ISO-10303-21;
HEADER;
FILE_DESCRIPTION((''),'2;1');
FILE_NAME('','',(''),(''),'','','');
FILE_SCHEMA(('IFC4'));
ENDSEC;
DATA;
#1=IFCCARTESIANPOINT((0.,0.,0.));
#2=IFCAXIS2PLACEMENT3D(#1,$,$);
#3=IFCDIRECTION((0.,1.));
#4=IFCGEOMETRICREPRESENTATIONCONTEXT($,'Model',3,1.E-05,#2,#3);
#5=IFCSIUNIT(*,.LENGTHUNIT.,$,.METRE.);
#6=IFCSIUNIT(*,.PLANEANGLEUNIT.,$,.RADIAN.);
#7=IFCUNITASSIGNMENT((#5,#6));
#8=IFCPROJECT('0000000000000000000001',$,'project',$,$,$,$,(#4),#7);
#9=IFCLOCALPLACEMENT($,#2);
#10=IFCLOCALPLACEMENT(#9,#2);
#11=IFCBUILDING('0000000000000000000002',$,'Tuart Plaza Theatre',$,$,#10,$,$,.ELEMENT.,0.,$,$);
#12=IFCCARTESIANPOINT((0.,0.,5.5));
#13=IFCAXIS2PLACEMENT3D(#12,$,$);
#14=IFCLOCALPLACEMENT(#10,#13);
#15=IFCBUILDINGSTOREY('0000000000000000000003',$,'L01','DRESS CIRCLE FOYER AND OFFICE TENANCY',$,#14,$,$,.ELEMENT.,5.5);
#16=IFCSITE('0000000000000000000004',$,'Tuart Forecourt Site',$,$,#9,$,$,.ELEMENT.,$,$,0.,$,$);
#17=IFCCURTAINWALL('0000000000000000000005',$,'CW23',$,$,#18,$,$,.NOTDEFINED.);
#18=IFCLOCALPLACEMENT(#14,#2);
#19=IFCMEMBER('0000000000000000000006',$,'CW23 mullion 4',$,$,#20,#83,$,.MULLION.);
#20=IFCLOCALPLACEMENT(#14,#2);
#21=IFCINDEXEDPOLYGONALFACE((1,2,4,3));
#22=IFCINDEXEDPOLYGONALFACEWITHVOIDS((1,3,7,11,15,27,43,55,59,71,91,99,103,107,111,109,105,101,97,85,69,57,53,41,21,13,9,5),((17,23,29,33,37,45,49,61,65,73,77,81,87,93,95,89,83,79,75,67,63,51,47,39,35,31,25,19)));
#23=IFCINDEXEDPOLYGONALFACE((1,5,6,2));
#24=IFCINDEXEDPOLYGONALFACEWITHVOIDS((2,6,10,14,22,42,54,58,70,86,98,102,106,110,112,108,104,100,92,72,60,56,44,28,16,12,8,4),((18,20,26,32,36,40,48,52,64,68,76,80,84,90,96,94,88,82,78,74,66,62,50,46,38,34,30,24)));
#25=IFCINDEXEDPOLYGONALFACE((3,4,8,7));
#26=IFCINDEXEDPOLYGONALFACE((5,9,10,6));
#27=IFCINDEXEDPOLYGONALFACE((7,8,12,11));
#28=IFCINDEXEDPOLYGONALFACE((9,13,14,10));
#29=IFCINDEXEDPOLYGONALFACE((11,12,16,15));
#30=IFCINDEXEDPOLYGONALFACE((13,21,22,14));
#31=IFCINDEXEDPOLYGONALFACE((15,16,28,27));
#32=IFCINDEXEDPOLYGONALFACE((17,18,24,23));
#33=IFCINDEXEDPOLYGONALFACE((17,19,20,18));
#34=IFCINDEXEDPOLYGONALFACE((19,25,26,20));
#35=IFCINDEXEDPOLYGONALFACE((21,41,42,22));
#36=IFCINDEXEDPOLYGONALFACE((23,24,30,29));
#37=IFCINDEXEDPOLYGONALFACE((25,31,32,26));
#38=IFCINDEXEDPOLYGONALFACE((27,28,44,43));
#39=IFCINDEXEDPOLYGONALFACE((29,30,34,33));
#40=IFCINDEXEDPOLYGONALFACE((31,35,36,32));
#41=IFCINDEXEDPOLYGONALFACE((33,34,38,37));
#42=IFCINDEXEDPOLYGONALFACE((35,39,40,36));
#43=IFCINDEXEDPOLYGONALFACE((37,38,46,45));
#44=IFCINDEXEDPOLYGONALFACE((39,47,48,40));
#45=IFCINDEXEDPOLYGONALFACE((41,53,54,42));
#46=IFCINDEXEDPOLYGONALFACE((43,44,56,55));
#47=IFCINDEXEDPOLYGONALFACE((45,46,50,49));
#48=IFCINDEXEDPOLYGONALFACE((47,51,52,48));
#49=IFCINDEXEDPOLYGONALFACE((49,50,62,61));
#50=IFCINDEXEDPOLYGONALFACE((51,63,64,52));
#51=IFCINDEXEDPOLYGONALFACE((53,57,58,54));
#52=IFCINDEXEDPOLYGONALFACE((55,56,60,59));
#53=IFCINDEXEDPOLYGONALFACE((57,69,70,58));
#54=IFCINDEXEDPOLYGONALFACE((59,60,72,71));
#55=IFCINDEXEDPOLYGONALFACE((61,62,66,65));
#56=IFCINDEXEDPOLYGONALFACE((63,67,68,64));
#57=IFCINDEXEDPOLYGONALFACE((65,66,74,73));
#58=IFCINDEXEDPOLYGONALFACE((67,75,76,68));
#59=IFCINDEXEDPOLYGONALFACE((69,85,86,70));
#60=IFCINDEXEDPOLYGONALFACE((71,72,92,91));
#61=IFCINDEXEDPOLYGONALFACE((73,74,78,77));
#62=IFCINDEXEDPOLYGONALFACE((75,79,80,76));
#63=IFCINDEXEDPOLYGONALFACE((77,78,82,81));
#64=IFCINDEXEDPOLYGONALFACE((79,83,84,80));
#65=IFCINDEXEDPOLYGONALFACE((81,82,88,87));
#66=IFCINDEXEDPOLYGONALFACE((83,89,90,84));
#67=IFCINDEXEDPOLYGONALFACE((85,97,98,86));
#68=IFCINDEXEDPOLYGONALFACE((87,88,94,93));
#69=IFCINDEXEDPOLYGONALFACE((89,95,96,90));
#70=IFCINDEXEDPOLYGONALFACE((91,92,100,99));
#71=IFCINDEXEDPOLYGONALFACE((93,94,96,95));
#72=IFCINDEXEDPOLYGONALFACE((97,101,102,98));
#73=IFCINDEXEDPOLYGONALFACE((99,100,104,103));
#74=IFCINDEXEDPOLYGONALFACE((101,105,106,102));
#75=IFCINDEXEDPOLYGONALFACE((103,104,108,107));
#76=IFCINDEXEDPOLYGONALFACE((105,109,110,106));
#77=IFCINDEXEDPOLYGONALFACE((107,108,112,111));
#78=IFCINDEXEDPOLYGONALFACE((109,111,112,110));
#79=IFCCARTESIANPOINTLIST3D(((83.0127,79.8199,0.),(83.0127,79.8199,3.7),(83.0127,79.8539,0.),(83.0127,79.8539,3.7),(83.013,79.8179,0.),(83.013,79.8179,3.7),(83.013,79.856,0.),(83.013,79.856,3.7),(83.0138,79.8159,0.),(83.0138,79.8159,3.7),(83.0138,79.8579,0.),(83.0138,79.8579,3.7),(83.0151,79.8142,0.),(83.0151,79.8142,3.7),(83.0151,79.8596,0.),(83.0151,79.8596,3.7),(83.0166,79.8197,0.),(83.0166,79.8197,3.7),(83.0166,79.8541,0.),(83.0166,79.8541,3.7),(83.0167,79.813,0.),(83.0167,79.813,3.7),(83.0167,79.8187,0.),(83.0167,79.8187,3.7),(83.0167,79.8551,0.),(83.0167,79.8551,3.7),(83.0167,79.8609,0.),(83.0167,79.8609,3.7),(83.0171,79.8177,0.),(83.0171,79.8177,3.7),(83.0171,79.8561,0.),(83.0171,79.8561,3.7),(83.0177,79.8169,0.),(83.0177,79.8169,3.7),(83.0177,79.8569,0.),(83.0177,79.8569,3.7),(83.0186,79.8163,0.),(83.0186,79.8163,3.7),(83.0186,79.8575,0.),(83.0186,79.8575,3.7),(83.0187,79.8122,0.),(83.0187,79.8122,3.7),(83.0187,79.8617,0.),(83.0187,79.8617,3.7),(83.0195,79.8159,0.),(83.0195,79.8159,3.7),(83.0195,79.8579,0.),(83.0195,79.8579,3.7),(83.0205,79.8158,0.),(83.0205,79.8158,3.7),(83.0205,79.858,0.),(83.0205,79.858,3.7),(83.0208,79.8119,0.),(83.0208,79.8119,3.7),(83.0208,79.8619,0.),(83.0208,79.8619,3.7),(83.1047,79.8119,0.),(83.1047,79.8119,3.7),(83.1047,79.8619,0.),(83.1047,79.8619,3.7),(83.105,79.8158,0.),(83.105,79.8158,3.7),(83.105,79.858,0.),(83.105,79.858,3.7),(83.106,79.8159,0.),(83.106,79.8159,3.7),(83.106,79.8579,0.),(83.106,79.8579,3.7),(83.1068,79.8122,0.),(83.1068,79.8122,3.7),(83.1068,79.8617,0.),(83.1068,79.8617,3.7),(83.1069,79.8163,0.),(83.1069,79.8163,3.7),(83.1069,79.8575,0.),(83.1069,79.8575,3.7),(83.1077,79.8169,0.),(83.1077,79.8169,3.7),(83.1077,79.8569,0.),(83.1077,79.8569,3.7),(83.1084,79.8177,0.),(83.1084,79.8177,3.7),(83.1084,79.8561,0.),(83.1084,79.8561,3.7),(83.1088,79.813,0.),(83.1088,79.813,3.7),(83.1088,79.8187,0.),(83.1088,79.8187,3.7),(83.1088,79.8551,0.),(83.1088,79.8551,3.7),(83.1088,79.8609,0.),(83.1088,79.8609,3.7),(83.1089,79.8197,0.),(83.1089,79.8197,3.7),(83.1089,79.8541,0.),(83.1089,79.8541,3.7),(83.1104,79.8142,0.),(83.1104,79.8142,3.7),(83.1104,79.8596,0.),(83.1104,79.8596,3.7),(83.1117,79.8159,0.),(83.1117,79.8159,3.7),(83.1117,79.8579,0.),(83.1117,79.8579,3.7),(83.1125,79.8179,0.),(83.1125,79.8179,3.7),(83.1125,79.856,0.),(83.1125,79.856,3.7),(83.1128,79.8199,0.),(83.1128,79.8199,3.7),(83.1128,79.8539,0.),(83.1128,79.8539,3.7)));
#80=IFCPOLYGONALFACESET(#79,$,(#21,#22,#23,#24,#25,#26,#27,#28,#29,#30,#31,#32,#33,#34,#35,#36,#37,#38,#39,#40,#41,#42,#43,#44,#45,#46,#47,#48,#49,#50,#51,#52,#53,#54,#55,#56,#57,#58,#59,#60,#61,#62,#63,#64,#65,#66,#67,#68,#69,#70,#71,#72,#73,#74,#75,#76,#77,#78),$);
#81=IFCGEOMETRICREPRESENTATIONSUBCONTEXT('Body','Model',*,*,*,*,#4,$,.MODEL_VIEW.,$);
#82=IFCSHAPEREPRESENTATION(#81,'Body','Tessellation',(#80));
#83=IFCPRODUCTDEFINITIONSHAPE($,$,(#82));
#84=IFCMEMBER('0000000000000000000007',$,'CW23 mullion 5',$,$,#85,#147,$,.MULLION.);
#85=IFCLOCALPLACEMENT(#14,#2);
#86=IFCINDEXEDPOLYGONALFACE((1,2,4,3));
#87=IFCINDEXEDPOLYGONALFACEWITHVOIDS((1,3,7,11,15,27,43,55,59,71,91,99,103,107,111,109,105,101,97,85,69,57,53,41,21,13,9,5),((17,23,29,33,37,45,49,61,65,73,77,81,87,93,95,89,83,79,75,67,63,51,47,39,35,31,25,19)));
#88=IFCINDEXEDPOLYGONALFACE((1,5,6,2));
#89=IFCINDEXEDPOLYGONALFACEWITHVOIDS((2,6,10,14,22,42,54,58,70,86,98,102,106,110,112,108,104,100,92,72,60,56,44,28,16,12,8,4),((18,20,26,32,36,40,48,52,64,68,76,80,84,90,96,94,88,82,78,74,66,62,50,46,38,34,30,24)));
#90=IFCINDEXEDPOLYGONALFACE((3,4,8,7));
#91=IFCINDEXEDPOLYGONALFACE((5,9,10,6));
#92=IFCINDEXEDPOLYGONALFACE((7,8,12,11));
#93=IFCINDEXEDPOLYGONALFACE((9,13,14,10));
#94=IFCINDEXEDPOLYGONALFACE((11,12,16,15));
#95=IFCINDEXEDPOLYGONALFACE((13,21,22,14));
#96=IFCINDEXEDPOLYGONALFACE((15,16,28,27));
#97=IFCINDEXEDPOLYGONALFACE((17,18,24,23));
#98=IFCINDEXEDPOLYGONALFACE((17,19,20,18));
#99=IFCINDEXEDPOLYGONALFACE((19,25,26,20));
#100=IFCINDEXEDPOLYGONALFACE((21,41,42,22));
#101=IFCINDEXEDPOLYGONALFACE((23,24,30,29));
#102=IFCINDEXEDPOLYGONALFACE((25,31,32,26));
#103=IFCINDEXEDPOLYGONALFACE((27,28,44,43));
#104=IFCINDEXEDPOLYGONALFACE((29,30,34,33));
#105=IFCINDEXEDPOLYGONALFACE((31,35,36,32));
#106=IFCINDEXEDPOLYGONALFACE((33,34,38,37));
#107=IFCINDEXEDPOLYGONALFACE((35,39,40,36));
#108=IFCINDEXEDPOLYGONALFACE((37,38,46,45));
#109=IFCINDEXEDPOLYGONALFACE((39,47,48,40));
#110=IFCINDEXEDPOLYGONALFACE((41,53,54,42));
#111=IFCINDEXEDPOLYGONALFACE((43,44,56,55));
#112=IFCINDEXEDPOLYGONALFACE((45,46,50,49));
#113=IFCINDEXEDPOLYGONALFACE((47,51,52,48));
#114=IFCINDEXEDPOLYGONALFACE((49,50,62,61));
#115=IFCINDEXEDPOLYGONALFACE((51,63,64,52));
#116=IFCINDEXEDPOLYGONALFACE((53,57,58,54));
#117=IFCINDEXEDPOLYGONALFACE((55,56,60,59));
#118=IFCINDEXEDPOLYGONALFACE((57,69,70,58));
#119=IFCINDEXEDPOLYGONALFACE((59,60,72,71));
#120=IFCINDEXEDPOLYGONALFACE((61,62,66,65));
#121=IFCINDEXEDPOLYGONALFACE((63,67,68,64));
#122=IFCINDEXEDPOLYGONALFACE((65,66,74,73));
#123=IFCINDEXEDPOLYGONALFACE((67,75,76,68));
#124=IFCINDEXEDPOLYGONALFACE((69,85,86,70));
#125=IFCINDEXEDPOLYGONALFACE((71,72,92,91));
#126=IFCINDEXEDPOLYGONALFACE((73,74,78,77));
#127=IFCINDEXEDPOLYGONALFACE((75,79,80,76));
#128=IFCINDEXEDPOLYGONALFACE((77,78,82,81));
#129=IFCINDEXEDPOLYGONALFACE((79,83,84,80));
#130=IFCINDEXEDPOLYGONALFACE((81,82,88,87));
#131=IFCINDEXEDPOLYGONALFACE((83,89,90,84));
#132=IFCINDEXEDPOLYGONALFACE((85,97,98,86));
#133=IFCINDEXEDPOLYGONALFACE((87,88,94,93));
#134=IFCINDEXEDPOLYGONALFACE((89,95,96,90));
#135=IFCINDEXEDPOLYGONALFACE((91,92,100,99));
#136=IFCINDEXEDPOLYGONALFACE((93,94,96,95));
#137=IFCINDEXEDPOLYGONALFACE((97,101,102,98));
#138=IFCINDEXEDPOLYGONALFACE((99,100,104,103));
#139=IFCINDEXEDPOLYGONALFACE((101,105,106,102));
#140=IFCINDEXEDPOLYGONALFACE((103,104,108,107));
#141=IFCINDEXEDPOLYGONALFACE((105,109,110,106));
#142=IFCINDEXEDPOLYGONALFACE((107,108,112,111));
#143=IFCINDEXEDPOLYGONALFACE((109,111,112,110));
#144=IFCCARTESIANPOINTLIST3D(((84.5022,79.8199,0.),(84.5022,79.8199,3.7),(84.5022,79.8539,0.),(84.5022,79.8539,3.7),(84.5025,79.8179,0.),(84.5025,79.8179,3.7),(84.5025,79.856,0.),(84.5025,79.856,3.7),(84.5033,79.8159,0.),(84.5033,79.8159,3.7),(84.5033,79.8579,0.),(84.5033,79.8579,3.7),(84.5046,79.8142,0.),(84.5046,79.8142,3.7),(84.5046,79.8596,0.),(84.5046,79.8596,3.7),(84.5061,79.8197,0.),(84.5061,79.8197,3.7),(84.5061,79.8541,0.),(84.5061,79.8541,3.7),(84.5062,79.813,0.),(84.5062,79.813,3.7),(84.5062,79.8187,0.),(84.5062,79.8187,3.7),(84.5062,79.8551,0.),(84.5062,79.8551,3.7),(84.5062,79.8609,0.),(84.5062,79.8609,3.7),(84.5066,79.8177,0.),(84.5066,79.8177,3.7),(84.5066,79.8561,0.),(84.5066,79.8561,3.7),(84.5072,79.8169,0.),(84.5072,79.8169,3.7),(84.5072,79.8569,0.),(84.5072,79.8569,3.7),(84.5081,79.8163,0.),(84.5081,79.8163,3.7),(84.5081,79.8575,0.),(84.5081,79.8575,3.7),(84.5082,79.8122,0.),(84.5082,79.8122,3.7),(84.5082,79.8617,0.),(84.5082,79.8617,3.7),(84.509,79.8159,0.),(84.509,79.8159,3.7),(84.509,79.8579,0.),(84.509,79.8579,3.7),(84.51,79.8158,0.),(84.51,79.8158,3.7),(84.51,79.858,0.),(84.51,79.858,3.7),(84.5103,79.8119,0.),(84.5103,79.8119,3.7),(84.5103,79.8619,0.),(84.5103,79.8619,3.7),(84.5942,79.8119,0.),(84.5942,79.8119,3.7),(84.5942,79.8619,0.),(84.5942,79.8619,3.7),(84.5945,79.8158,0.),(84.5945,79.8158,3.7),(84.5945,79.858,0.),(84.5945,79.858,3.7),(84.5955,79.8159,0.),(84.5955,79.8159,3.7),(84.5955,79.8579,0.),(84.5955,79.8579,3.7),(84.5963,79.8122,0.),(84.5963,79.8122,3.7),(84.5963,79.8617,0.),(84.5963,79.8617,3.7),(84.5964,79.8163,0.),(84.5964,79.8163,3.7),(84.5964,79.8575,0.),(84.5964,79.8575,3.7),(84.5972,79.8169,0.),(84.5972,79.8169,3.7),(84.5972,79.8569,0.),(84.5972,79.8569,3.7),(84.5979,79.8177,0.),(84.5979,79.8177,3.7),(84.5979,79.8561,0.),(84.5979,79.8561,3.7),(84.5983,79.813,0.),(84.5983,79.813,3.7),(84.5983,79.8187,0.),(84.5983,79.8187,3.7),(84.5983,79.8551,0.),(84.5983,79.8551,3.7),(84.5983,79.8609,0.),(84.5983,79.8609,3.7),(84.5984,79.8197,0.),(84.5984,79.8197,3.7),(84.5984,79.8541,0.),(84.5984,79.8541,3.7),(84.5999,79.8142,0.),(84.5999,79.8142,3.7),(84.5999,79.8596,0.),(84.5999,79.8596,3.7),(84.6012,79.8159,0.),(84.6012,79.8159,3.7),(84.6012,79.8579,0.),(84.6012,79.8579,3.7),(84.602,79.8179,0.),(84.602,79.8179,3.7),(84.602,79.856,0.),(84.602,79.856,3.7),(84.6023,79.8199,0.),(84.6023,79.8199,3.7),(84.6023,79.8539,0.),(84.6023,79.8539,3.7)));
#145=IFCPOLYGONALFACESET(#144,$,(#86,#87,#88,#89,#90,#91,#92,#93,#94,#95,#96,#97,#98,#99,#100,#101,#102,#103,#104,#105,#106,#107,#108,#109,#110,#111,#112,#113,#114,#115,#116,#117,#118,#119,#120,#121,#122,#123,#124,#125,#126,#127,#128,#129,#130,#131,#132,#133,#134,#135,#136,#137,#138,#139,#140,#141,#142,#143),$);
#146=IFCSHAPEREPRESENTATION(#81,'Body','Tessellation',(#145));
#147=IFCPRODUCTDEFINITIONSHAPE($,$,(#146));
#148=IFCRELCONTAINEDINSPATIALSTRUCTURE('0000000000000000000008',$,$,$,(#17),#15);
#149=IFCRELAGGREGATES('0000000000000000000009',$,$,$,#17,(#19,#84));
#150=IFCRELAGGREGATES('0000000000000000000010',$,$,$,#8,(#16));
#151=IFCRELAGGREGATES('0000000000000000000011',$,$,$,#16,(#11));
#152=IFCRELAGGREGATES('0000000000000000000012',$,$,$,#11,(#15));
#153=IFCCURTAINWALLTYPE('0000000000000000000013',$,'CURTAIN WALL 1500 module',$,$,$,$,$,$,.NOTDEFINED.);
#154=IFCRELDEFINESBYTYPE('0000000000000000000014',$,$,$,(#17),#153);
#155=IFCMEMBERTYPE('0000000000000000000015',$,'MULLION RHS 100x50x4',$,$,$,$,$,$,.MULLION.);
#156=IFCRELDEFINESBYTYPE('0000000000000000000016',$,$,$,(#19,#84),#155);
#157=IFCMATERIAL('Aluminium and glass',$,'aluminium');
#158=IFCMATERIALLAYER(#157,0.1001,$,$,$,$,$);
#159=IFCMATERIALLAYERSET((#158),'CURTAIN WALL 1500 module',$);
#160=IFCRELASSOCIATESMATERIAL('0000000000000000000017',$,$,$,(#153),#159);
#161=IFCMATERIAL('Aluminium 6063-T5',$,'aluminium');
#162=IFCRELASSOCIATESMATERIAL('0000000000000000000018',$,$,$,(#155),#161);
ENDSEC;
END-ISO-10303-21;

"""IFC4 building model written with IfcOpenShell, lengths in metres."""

from ifc_helpers import new_model, si_unit, direction, frame, origin, origin_2d, place, context, subcontext, project, spatial, hollow_rectangle, extrude, material, layer, layer_set, material_profile, profile_set, type_object, element, aggregate, save


model = new_model("IFC4")

# Units and contexts
model_context = context("Model", 3, precision=1e-05, world=origin(), true_north=direction((0.0, 1.0)))
body_context = subcontext(model_context, "Body", "Model", "MODEL_VIEW")
ifc_project = project(units=[si_unit("LENGTHUNIT", "METRE"), si_unit("PLANEANGLEUNIT", "RADIAN")], contexts=[model_context])

# Site, building, storey
site_placement = place(None, origin())
site = spatial("IfcSite", under=ifc_project, at=site_placement, Name="Tuart Forecourt Site", CompositionType="ELEMENT", RefElevation=0.0)
building_placement = place(site_placement, origin())
building = spatial("IfcBuilding", under=site, at=building_placement, Name="Tuart Plaza Theatre", CompositionType="ELEMENT", ElevationOfRefHeight=0.0)
storey_placement = place(building_placement, frame((0.0, 0.0, 5.5)))
storey = spatial("IfcBuildingStorey", under=building, at=storey_placement, Name="L01", Description="DRESS CIRCLE FOYER AND OFFICE TENANCY", CompositionType="ELEMENT", Elevation=5.5)

# Curtain wall, members
ifc_material_1 = material(Name="Aluminium and glass", Category="aluminium")
ifc_layer_1 = layer(ifc_material_1, 0.1001)
ifc_layer_set_1 = layer_set([ifc_layer_1], Name="CURTAIN WALL 1500 module")
curtain_wall_type = type_object("IfcCurtainWallType", Name="CURTAIN WALL 1500 module", PredefinedType="NOTDEFINED", material=ifc_layer_set_1)
curtain_wall_placement = place(storey_placement, origin())
curtain_wall = element("IfcCurtainWall", 1, at=curtain_wall_placement, inside=storey, type_object=curtain_wall_type, Name="CW23", PredefinedType="NOTDEFINED")
ifc_material_2 = material(Name="Aluminium 6063-T5", Category="aluminium")
ifc_material_profile_1 = material_profile(ifc_material_2, hollow_rectangle(XDim=0.05, YDim=0.1001, WallThickness=0.0039, InnerFilletRadius=0.0039, OuterFilletRadius=0.0081, at=origin_2d()), Name="RHS 100x50x4")
ifc_profile_set_1 = profile_set([ifc_material_profile_1], Name="Aluminium 6063-T5")
member_type_1 = type_object("IfcMemberType", Name="MULLION RHS 100x50x4", PredefinedType="MULLION", material=ifc_profile_set_1)
member_1_placement = place(storey_placement, frame((83.0627, 79.8369, 0.0), z_axis=(0.0, 0.0, 1.0), x_axis=(0.0, 1.0, 0.0)))
member_1 = element("IfcMember", 2, at=member_1_placement, type_object=member_type_1, Name="CW23 mullion 4", PredefinedType="MULLION", context=body_context, shape_type="SweptSolid", body=[
    extrude(hollow_rectangle(XDim=0.05, YDim=0.1001, WallThickness=0.0039, InnerFilletRadius=0.0039, OuterFilletRadius=0.0081, at=origin_2d()), origin(), (0.0, 0.0, 1.0), 3.7),
])
member_2_placement = place(storey_placement, frame((84.5522, 79.8369, 0.0), z_axis=(0.0, 0.0, 1.0), x_axis=(0.0, 1.0, 0.0)))
member_2 = element("IfcMember", 3, at=member_2_placement, type_object=member_type_1, Name="CW23 mullion 5", PredefinedType="MULLION", context=body_context, shape_type="SweptSolid", body=[
    extrude(hollow_rectangle(XDim=0.05, YDim=0.1001, WallThickness=0.0039, InnerFilletRadius=0.0039, OuterFilletRadius=0.0081, at=origin_2d()), origin(), (0.0, 0.0, 1.0), 3.7),
])
aggregate(curtain_wall, [member_1, member_2])

save(model, "model.ifc")
